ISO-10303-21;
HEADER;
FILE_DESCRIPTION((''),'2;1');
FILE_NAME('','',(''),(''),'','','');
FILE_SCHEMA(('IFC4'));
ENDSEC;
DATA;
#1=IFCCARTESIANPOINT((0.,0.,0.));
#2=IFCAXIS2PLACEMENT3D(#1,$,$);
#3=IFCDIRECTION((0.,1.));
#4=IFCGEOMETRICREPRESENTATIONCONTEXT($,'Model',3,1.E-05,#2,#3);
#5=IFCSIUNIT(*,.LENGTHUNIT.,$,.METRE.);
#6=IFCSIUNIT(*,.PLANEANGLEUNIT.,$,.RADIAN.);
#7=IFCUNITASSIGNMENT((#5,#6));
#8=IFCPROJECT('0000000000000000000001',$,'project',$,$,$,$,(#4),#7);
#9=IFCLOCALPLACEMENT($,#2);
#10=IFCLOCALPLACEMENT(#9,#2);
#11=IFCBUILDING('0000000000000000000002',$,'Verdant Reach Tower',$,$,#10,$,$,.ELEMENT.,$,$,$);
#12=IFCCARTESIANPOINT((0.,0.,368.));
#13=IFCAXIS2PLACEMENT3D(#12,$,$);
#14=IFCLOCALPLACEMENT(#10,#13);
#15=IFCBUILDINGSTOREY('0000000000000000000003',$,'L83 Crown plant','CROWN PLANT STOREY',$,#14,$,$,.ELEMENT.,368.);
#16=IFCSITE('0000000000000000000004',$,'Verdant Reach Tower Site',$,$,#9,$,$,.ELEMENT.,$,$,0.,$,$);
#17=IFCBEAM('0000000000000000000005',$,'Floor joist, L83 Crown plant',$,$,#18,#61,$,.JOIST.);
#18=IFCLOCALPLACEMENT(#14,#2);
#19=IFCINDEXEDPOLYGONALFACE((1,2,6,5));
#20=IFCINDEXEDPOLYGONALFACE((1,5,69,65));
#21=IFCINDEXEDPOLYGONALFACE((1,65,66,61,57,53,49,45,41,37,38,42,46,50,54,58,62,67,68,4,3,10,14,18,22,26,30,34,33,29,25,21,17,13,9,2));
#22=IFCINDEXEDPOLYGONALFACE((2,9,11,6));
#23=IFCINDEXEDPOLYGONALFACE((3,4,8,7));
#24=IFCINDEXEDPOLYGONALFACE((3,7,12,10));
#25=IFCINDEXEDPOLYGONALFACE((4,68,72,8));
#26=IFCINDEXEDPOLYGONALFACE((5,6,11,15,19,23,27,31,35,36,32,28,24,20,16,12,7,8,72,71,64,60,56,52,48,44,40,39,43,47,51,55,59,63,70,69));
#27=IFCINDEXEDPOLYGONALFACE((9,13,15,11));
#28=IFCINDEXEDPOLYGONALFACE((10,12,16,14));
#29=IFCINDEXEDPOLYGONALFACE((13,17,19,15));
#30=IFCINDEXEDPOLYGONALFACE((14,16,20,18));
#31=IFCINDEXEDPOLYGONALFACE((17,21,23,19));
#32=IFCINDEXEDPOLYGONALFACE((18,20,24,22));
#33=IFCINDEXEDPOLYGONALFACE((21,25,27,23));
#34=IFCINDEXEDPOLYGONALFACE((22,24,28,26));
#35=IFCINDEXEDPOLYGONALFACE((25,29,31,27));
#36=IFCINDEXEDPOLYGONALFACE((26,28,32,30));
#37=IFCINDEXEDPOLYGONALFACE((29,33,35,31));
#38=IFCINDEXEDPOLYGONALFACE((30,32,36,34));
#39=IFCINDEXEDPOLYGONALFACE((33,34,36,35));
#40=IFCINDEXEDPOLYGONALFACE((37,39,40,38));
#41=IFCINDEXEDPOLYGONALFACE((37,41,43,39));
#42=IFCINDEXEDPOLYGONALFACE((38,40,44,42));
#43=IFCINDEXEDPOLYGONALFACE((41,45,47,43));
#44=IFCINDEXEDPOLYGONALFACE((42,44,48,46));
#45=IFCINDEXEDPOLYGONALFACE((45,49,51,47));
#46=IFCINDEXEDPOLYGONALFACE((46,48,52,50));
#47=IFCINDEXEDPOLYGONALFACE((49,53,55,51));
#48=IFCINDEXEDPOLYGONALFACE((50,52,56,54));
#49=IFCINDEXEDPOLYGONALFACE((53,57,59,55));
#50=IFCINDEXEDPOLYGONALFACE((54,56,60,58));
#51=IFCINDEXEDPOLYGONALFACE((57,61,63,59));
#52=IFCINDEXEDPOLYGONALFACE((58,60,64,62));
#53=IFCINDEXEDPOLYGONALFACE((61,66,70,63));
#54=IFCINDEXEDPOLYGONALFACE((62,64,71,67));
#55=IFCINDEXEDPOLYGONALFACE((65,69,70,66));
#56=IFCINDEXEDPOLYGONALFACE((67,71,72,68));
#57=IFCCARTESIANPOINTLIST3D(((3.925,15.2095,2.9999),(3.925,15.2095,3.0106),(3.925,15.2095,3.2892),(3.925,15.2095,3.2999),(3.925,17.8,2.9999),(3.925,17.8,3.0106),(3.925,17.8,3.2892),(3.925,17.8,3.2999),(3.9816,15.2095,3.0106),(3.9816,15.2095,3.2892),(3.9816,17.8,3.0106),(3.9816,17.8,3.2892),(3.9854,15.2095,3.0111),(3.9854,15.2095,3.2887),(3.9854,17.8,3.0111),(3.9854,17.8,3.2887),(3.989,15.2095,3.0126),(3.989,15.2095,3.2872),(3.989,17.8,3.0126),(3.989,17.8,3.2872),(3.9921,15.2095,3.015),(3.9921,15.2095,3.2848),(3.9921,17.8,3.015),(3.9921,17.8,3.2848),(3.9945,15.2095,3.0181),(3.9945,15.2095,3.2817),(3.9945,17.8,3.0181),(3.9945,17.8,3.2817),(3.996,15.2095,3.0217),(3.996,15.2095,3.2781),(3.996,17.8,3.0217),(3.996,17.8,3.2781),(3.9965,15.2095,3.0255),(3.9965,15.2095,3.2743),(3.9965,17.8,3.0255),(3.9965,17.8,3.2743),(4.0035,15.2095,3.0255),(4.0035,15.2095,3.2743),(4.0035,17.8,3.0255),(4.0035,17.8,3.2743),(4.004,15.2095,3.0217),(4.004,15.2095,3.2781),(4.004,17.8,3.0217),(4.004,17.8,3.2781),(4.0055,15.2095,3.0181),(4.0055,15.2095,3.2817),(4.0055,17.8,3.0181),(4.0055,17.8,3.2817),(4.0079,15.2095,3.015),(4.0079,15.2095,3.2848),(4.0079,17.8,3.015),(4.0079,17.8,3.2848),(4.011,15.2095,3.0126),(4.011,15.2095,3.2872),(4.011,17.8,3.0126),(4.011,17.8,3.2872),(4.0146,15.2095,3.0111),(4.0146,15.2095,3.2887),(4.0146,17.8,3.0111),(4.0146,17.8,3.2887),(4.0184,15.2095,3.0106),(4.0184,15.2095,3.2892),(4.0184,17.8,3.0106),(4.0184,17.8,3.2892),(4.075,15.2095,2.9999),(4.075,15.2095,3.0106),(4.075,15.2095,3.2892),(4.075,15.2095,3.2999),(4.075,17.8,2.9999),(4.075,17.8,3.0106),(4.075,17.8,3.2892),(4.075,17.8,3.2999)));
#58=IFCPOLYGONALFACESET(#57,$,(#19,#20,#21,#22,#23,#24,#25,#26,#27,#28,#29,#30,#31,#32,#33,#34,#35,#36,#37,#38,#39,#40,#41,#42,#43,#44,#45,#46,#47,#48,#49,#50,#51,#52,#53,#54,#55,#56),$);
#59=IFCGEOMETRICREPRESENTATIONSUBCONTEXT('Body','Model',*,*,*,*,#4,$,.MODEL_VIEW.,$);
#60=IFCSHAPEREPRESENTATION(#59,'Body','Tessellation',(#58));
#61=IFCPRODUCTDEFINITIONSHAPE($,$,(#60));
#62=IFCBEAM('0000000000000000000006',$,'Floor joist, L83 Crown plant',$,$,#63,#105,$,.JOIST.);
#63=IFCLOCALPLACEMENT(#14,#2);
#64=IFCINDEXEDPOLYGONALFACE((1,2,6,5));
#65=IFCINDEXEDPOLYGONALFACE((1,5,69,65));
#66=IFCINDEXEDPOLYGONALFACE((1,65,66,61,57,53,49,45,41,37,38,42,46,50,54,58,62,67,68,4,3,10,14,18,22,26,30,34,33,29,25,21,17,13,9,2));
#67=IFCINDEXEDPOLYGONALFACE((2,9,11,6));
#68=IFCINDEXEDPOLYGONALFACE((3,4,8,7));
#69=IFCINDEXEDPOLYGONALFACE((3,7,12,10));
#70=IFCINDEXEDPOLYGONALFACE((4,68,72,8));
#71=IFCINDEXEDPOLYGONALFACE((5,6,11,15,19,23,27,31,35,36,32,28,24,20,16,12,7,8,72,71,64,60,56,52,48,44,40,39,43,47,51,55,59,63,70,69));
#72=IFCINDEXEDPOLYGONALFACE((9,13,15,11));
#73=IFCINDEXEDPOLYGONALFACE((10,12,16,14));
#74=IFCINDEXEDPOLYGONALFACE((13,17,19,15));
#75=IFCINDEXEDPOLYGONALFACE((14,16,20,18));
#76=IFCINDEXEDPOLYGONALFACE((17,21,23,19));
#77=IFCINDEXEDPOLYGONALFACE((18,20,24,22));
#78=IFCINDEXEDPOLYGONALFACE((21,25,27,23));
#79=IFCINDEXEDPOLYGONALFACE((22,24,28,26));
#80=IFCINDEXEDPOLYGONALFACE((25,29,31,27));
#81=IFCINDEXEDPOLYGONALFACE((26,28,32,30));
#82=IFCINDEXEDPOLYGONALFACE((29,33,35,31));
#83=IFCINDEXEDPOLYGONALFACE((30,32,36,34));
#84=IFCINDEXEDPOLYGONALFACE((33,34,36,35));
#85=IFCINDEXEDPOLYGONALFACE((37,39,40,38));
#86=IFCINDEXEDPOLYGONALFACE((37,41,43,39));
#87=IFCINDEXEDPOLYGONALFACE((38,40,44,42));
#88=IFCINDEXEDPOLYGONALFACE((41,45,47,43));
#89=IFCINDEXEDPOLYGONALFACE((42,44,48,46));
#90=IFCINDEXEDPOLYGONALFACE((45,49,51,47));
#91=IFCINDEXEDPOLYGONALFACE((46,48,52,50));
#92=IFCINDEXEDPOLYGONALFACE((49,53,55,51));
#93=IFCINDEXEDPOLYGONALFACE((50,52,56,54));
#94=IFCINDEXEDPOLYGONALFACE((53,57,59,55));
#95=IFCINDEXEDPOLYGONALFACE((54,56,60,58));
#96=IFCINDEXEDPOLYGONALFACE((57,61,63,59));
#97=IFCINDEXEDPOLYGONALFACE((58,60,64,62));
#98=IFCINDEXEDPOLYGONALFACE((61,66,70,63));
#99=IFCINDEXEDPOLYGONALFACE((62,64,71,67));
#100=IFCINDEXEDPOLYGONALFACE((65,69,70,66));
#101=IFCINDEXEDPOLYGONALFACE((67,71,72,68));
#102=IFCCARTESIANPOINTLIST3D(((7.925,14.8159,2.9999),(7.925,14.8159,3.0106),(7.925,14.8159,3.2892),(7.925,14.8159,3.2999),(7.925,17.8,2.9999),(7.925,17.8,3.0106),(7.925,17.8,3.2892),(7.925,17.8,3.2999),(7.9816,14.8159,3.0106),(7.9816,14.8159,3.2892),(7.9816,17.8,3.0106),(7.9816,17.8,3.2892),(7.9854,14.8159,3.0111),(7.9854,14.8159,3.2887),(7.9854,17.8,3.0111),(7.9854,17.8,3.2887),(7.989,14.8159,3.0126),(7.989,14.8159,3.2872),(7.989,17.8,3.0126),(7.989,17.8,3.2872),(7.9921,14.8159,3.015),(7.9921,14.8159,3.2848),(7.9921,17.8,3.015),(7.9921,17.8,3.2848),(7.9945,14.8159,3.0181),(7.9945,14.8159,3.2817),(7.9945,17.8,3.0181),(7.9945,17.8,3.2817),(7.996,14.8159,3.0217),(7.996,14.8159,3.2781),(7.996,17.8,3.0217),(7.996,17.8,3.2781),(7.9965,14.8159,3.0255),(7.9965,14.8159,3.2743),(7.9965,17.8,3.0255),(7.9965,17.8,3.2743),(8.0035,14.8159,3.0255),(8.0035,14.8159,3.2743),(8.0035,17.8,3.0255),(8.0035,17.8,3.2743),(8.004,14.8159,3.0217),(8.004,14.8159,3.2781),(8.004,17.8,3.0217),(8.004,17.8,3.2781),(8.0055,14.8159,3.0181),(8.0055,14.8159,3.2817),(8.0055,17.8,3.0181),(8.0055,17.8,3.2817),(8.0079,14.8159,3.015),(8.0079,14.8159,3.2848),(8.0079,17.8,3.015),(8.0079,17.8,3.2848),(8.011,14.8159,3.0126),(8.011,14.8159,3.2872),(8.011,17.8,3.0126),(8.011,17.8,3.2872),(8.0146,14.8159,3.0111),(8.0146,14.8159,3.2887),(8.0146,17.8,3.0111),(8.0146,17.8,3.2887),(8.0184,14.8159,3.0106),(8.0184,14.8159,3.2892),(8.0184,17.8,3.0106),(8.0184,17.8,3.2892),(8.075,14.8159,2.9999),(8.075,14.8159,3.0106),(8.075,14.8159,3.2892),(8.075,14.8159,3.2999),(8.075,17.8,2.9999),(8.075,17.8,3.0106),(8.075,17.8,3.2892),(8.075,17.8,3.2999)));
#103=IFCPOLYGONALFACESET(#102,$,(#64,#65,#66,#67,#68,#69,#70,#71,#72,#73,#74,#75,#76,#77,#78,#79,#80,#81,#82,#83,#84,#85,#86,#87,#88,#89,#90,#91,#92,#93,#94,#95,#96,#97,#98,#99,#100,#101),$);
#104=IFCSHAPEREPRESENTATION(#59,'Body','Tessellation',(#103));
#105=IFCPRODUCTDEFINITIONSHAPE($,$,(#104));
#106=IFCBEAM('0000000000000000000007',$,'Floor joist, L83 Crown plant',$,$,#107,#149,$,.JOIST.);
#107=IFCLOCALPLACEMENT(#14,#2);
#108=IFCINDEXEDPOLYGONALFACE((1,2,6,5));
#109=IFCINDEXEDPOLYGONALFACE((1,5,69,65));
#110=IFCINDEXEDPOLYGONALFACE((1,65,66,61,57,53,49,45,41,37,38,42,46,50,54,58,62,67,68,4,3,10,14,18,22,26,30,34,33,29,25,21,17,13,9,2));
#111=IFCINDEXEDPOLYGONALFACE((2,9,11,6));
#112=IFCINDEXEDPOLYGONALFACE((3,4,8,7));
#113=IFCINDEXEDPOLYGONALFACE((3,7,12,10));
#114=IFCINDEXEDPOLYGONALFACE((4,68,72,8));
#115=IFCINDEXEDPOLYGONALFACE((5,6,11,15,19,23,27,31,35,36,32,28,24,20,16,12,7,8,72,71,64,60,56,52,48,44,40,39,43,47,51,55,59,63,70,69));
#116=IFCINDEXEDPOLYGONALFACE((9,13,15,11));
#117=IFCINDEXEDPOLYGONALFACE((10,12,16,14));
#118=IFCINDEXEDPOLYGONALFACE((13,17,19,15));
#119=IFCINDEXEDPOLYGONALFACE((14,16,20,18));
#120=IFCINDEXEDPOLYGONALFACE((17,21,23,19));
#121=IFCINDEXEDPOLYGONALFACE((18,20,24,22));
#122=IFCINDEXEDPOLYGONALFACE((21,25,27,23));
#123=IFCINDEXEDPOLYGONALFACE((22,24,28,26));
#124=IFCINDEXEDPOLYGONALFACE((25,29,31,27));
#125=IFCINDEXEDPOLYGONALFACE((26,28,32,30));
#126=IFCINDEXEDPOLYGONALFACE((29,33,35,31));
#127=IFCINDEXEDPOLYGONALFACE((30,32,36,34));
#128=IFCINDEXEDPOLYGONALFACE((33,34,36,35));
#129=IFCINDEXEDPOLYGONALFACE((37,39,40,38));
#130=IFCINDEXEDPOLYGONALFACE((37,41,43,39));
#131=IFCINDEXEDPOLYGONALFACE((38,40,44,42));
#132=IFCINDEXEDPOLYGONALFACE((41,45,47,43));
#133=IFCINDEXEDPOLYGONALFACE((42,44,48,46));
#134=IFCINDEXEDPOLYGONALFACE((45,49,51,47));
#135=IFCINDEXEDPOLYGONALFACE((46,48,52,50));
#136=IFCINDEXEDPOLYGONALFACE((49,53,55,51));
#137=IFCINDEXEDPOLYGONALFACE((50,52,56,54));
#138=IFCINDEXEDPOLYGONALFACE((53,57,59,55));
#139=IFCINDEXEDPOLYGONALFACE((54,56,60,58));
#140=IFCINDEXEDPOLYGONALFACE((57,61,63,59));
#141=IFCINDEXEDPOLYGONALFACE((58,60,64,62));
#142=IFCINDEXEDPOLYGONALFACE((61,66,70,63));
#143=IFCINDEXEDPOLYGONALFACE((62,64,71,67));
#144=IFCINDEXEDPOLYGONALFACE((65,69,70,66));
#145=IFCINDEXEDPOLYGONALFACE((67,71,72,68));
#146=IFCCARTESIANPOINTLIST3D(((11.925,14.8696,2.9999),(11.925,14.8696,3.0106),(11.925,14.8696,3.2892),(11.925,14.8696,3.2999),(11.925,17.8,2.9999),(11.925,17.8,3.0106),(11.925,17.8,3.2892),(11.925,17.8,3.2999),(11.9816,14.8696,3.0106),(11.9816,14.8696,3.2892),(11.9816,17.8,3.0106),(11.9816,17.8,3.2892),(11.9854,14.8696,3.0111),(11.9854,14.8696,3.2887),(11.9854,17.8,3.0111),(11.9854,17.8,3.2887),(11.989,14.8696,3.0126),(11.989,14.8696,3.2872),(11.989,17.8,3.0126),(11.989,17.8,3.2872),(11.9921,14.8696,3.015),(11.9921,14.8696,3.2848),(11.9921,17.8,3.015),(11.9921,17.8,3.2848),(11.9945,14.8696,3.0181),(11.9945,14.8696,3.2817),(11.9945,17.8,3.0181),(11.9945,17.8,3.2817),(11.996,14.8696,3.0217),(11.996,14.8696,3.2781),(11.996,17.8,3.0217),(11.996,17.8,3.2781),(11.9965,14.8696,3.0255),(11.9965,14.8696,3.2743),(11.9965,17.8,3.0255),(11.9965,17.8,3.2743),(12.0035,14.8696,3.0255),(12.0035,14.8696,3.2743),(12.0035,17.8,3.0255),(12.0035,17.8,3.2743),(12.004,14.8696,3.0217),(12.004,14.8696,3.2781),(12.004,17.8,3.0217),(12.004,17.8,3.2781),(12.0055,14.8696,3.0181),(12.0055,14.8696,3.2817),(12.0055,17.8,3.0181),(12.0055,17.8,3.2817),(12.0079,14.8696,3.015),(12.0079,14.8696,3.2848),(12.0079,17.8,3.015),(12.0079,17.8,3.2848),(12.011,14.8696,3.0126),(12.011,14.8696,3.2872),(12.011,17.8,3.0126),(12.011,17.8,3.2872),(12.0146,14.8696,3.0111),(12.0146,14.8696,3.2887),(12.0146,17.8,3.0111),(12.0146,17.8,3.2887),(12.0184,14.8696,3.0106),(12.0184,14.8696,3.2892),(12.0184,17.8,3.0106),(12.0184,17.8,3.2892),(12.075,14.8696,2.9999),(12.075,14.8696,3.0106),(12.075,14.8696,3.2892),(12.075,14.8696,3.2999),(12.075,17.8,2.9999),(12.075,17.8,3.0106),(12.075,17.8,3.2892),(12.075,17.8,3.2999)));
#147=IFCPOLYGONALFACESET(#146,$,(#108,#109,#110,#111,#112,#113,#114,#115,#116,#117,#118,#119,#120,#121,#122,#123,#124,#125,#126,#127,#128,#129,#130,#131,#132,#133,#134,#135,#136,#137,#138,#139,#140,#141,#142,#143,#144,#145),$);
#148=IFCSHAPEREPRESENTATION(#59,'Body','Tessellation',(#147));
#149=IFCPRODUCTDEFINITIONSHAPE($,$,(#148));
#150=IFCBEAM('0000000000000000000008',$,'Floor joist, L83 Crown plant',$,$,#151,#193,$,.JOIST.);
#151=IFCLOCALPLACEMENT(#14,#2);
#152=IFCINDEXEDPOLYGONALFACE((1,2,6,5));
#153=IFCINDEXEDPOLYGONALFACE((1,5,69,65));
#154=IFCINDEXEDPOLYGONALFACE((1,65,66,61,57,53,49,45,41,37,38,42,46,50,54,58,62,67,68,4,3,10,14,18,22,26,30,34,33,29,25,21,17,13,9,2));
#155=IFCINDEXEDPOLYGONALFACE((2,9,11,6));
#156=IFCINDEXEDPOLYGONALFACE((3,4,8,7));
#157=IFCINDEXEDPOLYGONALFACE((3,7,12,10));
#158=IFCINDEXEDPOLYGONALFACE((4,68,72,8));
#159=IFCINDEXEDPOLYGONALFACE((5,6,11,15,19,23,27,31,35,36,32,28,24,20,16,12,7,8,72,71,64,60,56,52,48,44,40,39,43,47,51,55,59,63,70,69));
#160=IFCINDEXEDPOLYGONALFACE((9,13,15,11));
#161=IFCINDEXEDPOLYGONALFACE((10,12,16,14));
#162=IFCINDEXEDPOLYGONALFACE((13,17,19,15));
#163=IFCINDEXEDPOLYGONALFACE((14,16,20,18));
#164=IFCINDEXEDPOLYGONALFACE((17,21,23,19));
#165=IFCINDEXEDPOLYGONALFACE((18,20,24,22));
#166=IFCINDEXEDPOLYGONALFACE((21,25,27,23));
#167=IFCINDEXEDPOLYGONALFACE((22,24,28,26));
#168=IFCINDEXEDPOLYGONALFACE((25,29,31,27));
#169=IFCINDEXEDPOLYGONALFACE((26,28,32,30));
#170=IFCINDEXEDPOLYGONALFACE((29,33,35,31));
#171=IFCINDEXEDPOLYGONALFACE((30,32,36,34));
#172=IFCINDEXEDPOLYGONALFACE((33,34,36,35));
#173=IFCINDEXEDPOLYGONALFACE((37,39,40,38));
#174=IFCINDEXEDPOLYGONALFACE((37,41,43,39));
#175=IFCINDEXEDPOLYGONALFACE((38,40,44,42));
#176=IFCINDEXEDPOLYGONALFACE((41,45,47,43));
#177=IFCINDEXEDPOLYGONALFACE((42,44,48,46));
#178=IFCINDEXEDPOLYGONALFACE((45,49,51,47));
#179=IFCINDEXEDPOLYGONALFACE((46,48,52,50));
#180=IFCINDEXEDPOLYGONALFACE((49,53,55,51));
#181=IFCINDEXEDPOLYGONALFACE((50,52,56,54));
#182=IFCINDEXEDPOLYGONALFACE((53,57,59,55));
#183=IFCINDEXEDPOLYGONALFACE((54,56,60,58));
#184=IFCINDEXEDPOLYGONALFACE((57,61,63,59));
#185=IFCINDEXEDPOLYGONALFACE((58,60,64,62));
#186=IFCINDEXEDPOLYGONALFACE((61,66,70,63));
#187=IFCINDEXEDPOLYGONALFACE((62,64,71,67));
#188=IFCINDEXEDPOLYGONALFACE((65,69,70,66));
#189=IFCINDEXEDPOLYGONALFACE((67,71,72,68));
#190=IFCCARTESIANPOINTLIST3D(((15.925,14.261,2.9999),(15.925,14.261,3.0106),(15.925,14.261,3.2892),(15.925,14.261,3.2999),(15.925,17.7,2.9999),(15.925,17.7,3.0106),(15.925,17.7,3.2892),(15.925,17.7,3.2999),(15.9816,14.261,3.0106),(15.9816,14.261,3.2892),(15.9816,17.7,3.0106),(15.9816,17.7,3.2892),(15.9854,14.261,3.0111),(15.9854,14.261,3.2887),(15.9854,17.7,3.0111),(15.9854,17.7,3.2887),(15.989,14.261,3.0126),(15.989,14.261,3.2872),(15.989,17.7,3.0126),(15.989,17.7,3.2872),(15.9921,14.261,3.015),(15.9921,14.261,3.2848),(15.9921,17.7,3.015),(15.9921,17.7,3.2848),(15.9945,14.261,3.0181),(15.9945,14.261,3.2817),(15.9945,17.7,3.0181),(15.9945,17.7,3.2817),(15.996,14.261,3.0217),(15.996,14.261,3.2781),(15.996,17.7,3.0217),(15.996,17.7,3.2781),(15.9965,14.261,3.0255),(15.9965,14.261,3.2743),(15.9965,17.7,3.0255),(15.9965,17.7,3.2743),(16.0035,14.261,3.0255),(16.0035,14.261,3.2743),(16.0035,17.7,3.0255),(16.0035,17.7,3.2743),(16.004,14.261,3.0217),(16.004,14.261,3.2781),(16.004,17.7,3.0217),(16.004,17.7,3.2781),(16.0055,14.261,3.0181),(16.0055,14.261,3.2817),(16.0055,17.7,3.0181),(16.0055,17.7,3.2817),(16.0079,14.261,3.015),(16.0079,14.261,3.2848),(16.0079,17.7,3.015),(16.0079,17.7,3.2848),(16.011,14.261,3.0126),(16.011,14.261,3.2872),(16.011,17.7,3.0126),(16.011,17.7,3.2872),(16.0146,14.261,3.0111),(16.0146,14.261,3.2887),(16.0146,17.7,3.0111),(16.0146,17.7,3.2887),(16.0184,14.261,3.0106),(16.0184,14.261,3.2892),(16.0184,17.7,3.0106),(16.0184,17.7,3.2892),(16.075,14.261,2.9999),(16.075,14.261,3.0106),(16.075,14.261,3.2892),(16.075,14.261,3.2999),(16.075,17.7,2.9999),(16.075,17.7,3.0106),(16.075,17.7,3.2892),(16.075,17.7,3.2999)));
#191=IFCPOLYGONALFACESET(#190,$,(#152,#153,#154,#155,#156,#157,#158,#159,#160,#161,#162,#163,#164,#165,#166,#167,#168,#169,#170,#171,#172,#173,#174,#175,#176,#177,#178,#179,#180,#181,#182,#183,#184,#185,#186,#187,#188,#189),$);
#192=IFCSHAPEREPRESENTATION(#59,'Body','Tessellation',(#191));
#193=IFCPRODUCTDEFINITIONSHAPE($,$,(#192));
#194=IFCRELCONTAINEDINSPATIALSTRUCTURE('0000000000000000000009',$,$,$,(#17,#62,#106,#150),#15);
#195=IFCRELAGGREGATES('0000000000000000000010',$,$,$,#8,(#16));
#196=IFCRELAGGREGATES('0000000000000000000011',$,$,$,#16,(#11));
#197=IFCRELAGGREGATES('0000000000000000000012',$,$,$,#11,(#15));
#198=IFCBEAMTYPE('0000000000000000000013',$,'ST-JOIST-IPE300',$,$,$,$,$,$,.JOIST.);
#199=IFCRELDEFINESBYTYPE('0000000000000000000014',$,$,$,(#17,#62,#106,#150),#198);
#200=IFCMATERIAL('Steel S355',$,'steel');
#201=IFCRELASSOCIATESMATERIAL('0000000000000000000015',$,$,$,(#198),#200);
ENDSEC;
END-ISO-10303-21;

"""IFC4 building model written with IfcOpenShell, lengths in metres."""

from ifc_helpers import new_model, si_unit, direction, frame, origin, origin_2d, place, context, subcontext, project, spatial, i_section, extrude, material, material_profile, profile_set, type_object, element, save


model = new_model("IFC4")

# Units and contexts
model_context = context("Model", 3, precision=1e-05, world=origin(), true_north=direction((0.0, 1.0)))
body_context = subcontext(model_context, "Body", "Model", "MODEL_VIEW")
ifc_project = project(units=[si_unit("LENGTHUNIT", "METRE"), si_unit("PLANEANGLEUNIT", "RADIAN")], contexts=[model_context])

# Site, building, storey
site_placement = place(None, origin())
site = spatial("IfcSite", under=ifc_project, at=site_placement, Name="Verdant Reach Tower Site", CompositionType="ELEMENT", RefElevation=0.0)
building_placement = place(site_placement, origin())
building = spatial("IfcBuilding", under=site, at=building_placement, Name="Verdant Reach Tower", CompositionType="ELEMENT")
storey_placement = place(building_placement, frame((0.0, 0.0, 368.0)))
storey = spatial("IfcBuildingStorey", under=building, at=storey_placement, Name="L83 Crown plant", Description="CROWN PLANT STOREY", CompositionType="ELEMENT", Elevation=368.0)

# Shared definitions
ifc_material_1 = material(Name="Steel S355", Category="steel")

# Beams
ifc_material_profile_1 = material_profile(ifc_material_1, i_section(OverallWidth=0.1499, OverallDepth=0.3, WebThickness=0.0071, FlangeThickness=0.0107, FilletRadius=0.0149, at=origin_2d()), Name="IPE 300")
ifc_profile_set_1 = profile_set([ifc_material_profile_1], Name="Steel S355")
beam_type_1 = type_object("IfcBeamType", Name="ST-JOIST-IPE300", PredefinedType="JOIST", material=ifc_profile_set_1)
beam_1_placement = place(storey_placement, frame((4.0, 17.8, 3.1499), z_axis=(0.0, -1.0, 0.0), x_axis=(1.0, 0.0, 0.0)))
element("IfcBeam", 1, at=beam_1_placement, inside=storey, type_object=beam_type_1, Name="Floor joist, L83 Crown plant", PredefinedType="JOIST", context=body_context, shape_type="SweptSolid", body=[
    extrude(i_section(OverallWidth=0.1499, OverallDepth=0.3, WebThickness=0.0071, FlangeThickness=0.0107, FilletRadius=0.0149, at=origin_2d()), origin(), (0.0, 0.0, 1.0), 2.5906),
])
beam_2_placement = place(storey_placement, frame((8.0, 17.8, 3.1499), z_axis=(0.0, -1.0, 0.0), x_axis=(1.0, 0.0, 0.0)))
element("IfcBeam", 2, at=beam_2_placement, inside=storey, type_object=beam_type_1, Name="Floor joist, L83 Crown plant", PredefinedType="JOIST", context=body_context, shape_type="SweptSolid", body=[
    extrude(i_section(OverallWidth=0.1499, OverallDepth=0.3, WebThickness=0.0071, FlangeThickness=0.0107, FilletRadius=0.0149, at=origin_2d()), origin(), (0.0, 0.0, 1.0), 2.9841),
])
beam_3_placement = place(storey_placement, frame((12.0, 17.8, 3.1499), z_axis=(0.0, -1.0, 0.0), x_axis=(1.0, 0.0, 0.0)))
element("IfcBeam", 3, at=beam_3_placement, inside=storey, type_object=beam_type_1, Name="Floor joist, L83 Crown plant", PredefinedType="JOIST", context=body_context, shape_type="SweptSolid", body=[
    extrude(i_section(OverallWidth=0.1499, OverallDepth=0.3, WebThickness=0.0071, FlangeThickness=0.0107, FilletRadius=0.0149, at=origin_2d()), origin(), (0.0, 0.0, 1.0), 2.9304),
])
beam_4_placement = place(storey_placement, frame((16.0, 17.7, 3.1499), z_axis=(0.0, -1.0, 0.0), x_axis=(1.0, 0.0, 0.0)))
element("IfcBeam", 4, at=beam_4_placement, inside=storey, type_object=beam_type_1, Name="Floor joist, L83 Crown plant", PredefinedType="JOIST", context=body_context, shape_type="SweptSolid", body=[
    extrude(i_section(OverallWidth=0.1499, OverallDepth=0.3, WebThickness=0.0071, FlangeThickness=0.0107, FilletRadius=0.0149, at=origin_2d()), origin(), (0.0, 0.0, 1.0), 3.439),
])

save(model, "model.ifc")
